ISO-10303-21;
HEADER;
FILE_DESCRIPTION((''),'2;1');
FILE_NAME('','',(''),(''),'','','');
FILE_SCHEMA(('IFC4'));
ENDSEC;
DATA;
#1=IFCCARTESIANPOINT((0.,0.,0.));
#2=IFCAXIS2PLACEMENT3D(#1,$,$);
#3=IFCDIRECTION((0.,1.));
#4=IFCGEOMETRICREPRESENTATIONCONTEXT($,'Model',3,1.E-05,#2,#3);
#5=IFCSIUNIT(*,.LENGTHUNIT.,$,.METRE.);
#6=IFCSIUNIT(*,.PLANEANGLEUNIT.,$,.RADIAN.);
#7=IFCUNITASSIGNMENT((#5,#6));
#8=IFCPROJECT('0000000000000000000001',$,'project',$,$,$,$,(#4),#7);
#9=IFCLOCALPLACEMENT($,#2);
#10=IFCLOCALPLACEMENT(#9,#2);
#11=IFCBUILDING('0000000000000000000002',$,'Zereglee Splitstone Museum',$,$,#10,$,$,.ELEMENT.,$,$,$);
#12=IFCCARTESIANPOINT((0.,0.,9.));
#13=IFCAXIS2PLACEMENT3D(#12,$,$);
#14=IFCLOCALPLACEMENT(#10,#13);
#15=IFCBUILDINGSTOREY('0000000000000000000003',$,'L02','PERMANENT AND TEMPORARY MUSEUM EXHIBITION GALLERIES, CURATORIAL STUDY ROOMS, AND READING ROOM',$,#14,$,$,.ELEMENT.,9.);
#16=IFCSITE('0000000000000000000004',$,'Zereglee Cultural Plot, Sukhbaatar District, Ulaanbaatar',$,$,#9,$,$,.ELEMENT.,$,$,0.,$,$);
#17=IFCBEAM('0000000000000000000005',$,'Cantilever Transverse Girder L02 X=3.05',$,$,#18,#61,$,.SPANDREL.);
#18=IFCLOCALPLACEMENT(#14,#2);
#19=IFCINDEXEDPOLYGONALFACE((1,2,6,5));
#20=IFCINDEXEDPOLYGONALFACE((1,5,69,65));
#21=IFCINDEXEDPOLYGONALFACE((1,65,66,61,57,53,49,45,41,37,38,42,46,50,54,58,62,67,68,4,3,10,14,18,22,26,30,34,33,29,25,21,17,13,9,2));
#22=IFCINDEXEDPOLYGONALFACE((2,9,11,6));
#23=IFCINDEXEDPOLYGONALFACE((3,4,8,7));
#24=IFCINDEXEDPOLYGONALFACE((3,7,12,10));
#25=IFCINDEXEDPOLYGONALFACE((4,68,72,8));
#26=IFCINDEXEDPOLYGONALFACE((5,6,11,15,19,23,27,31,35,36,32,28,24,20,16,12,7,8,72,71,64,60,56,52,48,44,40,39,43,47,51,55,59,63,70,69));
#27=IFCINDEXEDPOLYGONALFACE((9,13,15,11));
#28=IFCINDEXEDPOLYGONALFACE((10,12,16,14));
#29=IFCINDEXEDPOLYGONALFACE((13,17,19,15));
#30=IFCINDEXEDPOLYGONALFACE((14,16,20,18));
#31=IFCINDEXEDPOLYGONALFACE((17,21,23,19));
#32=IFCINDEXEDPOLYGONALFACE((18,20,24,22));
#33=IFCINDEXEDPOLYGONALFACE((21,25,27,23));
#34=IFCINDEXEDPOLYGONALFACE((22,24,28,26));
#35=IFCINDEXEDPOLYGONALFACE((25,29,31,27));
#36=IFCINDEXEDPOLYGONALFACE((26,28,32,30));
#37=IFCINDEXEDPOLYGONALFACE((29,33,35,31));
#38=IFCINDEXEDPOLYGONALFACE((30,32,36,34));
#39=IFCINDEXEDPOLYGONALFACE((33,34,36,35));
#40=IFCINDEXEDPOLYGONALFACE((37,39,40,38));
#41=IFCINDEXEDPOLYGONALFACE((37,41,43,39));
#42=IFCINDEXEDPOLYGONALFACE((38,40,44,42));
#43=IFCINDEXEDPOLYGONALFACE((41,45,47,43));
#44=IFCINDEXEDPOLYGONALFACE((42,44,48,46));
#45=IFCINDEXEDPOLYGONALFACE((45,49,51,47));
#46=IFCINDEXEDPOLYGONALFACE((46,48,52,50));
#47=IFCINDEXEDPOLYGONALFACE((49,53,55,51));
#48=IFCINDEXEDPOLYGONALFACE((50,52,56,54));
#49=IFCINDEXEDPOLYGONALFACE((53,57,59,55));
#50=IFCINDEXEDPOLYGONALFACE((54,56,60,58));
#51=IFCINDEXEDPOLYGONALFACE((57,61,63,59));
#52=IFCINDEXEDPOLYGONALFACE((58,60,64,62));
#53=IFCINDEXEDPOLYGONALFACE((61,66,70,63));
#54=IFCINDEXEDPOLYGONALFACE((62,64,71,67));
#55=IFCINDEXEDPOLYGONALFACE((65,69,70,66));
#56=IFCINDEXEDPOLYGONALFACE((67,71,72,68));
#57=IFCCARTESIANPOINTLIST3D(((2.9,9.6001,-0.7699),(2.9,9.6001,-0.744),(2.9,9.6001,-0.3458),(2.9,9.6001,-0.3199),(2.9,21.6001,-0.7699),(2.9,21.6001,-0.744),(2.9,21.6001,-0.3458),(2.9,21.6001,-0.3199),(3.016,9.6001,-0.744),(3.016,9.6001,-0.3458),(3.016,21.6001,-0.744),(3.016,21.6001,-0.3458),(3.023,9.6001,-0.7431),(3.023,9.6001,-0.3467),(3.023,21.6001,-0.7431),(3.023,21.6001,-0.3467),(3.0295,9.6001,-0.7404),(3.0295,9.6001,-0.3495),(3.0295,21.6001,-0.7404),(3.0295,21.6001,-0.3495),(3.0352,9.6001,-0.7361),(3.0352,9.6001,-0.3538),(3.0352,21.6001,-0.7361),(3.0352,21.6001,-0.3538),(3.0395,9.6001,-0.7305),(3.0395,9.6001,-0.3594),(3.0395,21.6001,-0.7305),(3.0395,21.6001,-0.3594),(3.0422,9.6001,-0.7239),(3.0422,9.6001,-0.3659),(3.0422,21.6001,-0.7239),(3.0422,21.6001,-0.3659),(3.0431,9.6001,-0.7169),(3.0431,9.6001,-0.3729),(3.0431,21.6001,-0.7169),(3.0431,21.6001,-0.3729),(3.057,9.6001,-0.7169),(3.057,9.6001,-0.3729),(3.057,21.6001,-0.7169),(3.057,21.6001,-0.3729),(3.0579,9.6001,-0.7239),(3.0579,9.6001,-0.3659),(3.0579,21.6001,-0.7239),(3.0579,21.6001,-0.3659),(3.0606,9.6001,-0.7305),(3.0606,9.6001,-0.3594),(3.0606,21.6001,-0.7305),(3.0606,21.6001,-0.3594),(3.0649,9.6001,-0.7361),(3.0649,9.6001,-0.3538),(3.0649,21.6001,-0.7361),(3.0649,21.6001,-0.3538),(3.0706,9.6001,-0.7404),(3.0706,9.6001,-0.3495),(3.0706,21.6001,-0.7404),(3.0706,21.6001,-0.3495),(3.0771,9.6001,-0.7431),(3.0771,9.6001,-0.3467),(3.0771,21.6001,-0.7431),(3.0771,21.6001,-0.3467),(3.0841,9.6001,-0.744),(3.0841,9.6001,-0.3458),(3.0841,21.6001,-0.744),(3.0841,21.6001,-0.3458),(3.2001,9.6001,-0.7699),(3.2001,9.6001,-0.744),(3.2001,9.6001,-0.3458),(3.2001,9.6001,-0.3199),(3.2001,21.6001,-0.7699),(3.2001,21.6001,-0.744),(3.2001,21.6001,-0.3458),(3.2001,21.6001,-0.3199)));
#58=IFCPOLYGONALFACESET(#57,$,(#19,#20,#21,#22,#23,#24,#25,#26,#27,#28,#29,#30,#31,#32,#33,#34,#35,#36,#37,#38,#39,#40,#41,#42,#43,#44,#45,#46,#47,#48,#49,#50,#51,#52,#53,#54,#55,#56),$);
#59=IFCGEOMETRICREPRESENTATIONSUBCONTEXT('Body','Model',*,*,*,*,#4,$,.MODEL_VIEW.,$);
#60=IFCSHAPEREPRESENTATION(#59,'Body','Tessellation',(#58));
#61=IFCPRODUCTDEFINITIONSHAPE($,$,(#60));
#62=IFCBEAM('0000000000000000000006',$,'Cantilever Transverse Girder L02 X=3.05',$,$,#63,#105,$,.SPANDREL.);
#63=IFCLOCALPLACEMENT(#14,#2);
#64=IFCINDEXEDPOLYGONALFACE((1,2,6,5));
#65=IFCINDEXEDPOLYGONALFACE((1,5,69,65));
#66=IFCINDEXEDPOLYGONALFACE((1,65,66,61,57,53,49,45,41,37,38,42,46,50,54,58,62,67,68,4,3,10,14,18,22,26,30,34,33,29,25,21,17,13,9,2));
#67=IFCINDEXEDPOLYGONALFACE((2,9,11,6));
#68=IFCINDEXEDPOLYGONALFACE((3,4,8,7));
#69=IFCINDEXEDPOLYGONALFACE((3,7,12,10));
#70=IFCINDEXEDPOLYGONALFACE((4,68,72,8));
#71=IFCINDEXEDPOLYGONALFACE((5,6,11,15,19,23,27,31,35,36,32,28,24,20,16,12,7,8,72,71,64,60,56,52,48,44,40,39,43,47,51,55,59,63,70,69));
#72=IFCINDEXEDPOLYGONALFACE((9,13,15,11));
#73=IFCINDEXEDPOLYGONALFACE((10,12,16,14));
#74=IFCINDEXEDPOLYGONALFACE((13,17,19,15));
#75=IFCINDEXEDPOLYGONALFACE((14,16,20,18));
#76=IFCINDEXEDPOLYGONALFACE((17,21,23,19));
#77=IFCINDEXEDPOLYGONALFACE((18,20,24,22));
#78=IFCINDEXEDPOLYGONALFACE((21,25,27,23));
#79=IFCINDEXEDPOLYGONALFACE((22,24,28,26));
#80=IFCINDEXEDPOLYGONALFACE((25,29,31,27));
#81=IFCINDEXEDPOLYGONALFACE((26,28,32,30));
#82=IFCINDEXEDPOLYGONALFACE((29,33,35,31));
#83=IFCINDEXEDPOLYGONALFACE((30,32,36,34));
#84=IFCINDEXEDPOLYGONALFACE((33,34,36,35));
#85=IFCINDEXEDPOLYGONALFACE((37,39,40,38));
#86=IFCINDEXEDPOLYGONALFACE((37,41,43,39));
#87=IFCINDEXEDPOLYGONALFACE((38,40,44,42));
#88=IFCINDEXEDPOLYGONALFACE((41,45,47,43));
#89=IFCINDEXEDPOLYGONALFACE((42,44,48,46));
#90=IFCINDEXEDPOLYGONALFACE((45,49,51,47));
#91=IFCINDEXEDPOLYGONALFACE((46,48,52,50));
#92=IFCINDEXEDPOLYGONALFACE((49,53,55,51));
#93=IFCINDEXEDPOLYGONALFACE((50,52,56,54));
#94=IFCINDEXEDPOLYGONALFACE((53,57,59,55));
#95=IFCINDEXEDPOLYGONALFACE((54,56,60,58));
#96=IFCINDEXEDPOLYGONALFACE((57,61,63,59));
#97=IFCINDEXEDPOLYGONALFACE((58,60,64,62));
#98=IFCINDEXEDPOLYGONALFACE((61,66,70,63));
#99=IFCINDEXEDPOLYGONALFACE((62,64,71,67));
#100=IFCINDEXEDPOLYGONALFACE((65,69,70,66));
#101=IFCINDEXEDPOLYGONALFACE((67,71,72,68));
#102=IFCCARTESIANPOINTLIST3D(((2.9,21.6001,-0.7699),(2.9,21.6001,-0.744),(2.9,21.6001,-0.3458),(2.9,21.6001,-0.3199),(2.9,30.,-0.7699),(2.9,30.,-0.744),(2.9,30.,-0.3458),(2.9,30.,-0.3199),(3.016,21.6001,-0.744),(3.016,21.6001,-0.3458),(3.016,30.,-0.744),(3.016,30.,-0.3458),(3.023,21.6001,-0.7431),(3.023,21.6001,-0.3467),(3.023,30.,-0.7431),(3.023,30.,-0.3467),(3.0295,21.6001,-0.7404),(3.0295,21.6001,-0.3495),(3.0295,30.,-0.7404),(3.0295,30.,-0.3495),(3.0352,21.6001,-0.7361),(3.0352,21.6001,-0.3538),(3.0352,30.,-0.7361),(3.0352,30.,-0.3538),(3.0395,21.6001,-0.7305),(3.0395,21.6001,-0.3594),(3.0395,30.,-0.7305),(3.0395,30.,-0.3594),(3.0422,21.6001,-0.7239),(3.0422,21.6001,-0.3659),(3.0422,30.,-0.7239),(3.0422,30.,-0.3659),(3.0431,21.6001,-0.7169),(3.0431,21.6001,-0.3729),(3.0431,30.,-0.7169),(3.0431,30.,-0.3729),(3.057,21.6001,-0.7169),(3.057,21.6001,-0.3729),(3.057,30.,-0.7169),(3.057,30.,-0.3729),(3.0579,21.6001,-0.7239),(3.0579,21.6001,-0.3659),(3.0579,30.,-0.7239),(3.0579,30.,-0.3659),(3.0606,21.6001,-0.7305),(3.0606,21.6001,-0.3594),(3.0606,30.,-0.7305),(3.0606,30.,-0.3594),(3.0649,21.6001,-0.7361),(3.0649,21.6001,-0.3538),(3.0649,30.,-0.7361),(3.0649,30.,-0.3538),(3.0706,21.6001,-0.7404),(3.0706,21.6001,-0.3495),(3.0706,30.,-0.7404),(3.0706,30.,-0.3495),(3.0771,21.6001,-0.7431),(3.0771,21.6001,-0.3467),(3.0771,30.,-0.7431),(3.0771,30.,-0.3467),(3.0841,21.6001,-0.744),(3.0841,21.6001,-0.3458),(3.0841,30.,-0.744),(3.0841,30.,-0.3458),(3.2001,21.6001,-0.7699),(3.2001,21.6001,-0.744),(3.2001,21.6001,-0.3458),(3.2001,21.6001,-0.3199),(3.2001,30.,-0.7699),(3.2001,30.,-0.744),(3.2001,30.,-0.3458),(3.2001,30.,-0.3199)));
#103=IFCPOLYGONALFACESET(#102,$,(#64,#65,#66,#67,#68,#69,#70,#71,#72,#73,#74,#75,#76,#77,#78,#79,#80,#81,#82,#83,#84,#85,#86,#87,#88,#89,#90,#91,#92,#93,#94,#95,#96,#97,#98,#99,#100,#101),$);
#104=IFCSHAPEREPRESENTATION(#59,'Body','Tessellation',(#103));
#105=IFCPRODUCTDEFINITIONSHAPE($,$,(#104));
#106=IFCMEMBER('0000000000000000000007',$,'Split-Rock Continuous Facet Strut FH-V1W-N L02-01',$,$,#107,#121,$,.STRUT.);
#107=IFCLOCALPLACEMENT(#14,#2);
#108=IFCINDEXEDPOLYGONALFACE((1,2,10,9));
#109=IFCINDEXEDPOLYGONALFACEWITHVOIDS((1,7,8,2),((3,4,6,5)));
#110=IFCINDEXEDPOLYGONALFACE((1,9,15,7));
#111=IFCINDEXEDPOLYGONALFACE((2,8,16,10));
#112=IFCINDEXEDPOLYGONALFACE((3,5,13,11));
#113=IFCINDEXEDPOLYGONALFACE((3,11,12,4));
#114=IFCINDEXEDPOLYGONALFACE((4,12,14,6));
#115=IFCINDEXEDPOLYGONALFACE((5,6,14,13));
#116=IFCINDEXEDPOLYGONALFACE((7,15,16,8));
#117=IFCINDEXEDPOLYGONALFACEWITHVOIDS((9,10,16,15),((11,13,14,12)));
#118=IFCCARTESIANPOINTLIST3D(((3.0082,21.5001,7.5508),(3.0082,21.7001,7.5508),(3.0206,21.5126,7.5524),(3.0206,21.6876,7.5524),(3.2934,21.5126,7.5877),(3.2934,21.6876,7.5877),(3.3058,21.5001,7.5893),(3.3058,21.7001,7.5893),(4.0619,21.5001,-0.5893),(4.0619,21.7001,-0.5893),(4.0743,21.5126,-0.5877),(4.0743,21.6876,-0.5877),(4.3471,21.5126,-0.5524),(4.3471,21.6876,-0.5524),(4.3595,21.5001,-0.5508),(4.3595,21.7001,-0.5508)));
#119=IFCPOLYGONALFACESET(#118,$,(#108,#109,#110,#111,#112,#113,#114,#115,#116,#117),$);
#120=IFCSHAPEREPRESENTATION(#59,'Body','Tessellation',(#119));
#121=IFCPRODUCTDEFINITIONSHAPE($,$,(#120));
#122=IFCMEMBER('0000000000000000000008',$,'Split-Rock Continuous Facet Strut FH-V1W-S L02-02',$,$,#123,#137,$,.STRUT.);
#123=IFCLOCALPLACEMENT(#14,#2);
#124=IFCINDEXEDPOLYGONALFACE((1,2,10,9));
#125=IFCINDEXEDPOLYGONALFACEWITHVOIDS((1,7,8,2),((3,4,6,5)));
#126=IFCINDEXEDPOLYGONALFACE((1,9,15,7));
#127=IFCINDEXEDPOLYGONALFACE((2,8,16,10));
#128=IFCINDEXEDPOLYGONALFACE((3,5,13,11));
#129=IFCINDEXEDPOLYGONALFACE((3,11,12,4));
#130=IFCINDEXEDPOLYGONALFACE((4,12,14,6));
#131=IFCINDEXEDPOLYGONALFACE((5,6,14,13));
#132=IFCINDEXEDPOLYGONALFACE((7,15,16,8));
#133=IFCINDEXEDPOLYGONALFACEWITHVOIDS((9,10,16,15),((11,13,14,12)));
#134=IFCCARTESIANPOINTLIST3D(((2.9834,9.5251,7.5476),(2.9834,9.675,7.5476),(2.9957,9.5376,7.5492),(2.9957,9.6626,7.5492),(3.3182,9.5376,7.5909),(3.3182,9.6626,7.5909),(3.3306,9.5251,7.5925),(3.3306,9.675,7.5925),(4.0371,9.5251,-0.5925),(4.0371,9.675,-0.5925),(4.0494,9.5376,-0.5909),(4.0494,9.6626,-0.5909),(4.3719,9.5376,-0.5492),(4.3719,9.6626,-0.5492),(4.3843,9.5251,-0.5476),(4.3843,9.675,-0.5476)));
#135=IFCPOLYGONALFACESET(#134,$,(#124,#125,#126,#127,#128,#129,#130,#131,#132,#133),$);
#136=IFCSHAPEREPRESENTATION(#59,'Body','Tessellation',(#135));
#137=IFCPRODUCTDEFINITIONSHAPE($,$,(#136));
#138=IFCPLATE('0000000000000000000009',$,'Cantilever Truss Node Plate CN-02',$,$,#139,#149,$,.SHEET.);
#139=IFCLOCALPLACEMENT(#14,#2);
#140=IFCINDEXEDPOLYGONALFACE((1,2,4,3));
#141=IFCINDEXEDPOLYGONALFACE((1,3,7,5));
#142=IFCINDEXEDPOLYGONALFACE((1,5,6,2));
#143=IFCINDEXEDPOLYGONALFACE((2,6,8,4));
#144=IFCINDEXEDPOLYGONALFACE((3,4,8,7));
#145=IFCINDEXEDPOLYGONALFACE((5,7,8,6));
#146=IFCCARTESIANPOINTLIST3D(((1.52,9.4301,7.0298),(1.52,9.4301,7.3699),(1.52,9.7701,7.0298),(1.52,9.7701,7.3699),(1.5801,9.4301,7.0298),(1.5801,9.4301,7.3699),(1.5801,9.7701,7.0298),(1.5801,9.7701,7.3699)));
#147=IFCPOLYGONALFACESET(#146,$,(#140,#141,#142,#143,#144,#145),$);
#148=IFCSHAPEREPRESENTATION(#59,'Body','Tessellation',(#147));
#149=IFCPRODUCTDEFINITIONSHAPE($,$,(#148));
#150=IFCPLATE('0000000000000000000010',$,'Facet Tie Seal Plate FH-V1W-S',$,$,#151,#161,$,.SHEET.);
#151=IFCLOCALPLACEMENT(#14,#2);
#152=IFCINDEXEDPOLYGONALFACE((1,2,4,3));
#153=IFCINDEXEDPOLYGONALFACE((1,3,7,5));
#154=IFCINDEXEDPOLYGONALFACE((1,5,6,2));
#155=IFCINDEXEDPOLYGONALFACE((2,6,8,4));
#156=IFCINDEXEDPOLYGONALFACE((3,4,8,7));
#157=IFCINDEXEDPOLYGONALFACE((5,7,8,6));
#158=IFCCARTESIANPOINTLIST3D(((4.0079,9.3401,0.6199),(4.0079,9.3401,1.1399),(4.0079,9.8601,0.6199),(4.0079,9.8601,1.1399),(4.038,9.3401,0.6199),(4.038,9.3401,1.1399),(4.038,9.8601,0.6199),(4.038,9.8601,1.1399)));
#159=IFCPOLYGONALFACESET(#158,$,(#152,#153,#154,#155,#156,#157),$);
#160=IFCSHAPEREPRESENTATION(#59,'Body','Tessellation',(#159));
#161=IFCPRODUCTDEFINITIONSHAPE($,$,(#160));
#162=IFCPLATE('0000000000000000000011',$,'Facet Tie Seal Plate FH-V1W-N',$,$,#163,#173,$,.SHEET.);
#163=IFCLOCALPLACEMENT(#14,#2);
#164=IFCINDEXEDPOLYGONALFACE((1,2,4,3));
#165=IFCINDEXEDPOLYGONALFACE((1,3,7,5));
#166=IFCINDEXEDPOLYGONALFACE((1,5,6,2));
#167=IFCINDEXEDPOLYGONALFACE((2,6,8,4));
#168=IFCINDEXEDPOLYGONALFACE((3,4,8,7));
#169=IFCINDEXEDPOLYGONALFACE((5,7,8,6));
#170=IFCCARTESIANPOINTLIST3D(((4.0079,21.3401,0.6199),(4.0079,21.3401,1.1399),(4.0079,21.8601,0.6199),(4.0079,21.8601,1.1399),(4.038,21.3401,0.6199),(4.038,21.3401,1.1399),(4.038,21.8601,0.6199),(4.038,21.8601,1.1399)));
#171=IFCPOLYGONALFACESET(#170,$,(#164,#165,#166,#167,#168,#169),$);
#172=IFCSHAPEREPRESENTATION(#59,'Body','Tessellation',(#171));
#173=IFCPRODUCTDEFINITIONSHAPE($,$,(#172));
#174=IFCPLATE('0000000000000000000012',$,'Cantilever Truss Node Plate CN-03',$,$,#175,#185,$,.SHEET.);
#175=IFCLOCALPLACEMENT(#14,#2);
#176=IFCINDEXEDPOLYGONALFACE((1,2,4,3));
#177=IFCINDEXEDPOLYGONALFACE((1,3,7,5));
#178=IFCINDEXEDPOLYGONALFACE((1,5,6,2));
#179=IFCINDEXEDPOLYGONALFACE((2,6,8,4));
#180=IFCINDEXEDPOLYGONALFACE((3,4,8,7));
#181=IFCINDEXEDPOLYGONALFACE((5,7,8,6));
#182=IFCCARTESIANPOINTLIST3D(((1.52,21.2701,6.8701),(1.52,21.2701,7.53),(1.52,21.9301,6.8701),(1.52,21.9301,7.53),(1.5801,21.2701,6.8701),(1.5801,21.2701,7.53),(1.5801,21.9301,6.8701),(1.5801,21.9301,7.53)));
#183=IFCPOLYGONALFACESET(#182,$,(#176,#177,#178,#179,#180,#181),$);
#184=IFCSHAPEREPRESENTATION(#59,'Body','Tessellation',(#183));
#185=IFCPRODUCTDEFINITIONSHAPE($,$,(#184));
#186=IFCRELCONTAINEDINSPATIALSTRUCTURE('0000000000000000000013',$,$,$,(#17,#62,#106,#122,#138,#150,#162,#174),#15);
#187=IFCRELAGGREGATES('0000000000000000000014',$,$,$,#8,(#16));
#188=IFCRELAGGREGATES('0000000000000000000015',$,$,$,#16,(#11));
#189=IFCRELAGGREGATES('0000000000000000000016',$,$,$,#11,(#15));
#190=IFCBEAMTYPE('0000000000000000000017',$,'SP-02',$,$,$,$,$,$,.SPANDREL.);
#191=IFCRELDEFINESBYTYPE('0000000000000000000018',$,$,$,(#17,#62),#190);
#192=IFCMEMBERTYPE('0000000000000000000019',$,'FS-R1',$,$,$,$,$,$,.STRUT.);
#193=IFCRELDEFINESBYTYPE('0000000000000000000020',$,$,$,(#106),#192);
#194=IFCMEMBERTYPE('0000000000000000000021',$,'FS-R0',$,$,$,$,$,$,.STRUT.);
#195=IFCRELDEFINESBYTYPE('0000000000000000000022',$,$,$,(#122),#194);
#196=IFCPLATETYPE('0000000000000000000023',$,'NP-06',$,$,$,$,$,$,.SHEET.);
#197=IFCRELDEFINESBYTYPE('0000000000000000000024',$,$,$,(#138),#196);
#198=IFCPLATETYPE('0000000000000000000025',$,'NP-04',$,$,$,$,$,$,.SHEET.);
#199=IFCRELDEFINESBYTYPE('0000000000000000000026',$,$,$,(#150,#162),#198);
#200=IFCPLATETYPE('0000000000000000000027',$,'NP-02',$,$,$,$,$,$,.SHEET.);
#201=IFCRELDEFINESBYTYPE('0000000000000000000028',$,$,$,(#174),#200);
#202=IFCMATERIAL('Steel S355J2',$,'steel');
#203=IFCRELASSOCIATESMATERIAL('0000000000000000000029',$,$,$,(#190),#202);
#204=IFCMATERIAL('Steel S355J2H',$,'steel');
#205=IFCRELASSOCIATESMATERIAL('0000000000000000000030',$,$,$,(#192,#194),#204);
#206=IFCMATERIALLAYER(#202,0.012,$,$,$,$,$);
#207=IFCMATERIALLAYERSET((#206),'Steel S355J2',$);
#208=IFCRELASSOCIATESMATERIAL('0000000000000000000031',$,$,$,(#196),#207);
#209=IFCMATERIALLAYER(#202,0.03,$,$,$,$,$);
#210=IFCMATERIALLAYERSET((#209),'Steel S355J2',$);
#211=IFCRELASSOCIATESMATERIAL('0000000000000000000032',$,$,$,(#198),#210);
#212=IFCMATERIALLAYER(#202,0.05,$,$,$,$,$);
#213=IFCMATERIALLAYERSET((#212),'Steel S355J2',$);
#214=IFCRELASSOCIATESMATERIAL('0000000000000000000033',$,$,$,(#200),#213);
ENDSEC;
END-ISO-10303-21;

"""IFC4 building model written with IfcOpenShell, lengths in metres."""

from ifc_helpers import new_model, si_unit, direction, frame, origin, origin_2d, place, context, subcontext, project, spatial, rectangle, hollow_rectangle, i_section, extrude, material, layer, layer_set, material_profile, profile_set, type_object, element, save


model = new_model("IFC4")

# Units and contexts
model_context = context("Model", 3, precision=1e-05, world=origin(), true_north=direction((0.0, 1.0)))
body_context = subcontext(model_context, "Body", "Model", "MODEL_VIEW")
ifc_project = project(units=[si_unit("LENGTHUNIT", "METRE"), si_unit("PLANEANGLEUNIT", "RADIAN")], contexts=[model_context])

# Site, building, storey
site_placement = place(None, origin())
site = spatial("IfcSite", under=ifc_project, at=site_placement, Name="Zereglee Cultural Plot, Sukhbaatar District, Ulaanbaatar", CompositionType="ELEMENT", RefElevation=0.0)
building_placement = place(site_placement, origin())
building = spatial("IfcBuilding", under=site, at=building_placement, Name="Zereglee Splitstone Museum", CompositionType="ELEMENT")
storey_placement = place(building_placement, frame((0.0, 0.0, 9.0)))
storey = spatial("IfcBuildingStorey", under=building, at=storey_placement, Name="L02", Description="PERMANENT AND TEMPORARY MUSEUM EXHIBITION GALLERIES, CURATORIAL STUDY ROOMS, AND READING ROOM", CompositionType="ELEMENT", Elevation=9.0)

# Shared definitions
ifc_material_1 = material(Name="Steel S355J2H", Category="steel")

# Shared definitions
ifc_material_2 = material(Name="Steel S355J2", Category="steel")

# Beams
ifc_material_profile_1 = material_profile(ifc_material_2, i_section(OverallWidth=0.3, OverallDepth=0.45, WebThickness=0.0139, FlangeThickness=0.0259, FilletRadius=0.0271, at=origin_2d()), Name="HE 450 B")
ifc_profile_set_1 = profile_set([ifc_material_profile_1], Name="Steel S355J2")
beam_type_1 = type_object("IfcBeamType", Name="SP-02", PredefinedType="SPANDREL", material=ifc_profile_set_1)
beam_1_placement = place(storey_placement, frame((3.05, 9.6001, -0.5449), z_axis=(0.0, 1.0, 0.0), x_axis=(-1.0, 0.0, 0.0)))
element("IfcBeam", 1, at=beam_1_placement, inside=storey, type_object=beam_type_1, Name="Cantilever Transverse Girder L02 X=3.05", PredefinedType="SPANDREL", context=body_context, shape_type="SweptSolid", body=[
    extrude(i_section(OverallWidth=0.3, OverallDepth=0.45, WebThickness=0.0139, FlangeThickness=0.0259, FilletRadius=0.0271, at=origin_2d()), origin(), (0.0, 0.0, 1.0), 12.0),
])
beam_2_placement = place(storey_placement, frame((3.05, 21.6001, -0.5449), z_axis=(0.0, 1.0, 0.0), x_axis=(-1.0, 0.0, 0.0)))
element("IfcBeam", 2, at=beam_2_placement, inside=storey, type_object=beam_type_1, Name="Cantilever Transverse Girder L02 X=3.05", PredefinedType="SPANDREL", context=body_context, shape_type="SweptSolid", body=[
    extrude(i_section(OverallWidth=0.3, OverallDepth=0.45, WebThickness=0.0139, FlangeThickness=0.0259, FilletRadius=0.0271, at=origin_2d()), origin(), (0.0, 0.0, 1.0), 8.3999),
])

# Members
ifc_material_profile_2 = material_profile(ifc_material_1, hollow_rectangle(XDim=0.2, YDim=0.3, WallThickness=0.0125, at=origin_2d()), Name="RHS 300x200x12.5")
ifc_profile_set_2 = profile_set([ifc_material_profile_2], Name="Steel S355J2H")
member_type_1 = type_object("IfcMemberType", Name="FS-R1", PredefinedType="STRUT", material=ifc_profile_set_2)
member_1_placement = place(storey_placement, frame((4.2107, 21.6001, -0.5701), z_axis=(-0.128375, 0.0, 0.991726), x_axis=(0.0, -1.0, 0.0)))
element("IfcMember", 3, at=member_1_placement, inside=storey, type_object=member_type_1, Name="Split-Rock Continuous Facet Strut FH-V1W-N L02-01", PredefinedType="STRUT", context=body_context, shape_type="SweptSolid", body=[
    extrude(hollow_rectangle(XDim=0.2, YDim=0.3, WallThickness=0.0125, at=origin_2d()), origin(), (0.0, 0.0, 1.0), 8.208),
])
ifc_material_profile_3 = material_profile(ifc_material_1, hollow_rectangle(XDim=0.1499, YDim=0.3501, WallThickness=0.0125, at=origin_2d()), Name="RHS 350x150x12.5")
ifc_profile_set_3 = profile_set([ifc_material_profile_3], Name="Steel S355J2H")
member_type_2 = type_object("IfcMemberType", Name="FS-R0", PredefinedType="STRUT", material=ifc_profile_set_3)
member_2_placement = place(storey_placement, frame((4.2107, 9.6001, -0.5701), z_axis=(-0.128375, 0.0, 0.991726), x_axis=(0.0, -1.0, 0.0)))
element("IfcMember", 4, at=member_2_placement, inside=storey, type_object=member_type_2, Name="Split-Rock Continuous Facet Strut FH-V1W-S L02-02", PredefinedType="STRUT", context=body_context, shape_type="SweptSolid", body=[
    extrude(hollow_rectangle(XDim=0.1499, YDim=0.3501, WallThickness=0.0125, at=origin_2d()), origin(), (0.0, 0.0, 1.0), 8.208),
])

# Plates
ifc_layer_1 = layer(ifc_material_2, 0.012)
ifc_layer_set_1 = layer_set([ifc_layer_1], Name="Steel S355J2")
plate_type_1 = type_object("IfcPlateType", Name="NP-06", PredefinedType="SHEET", material=ifc_layer_set_1)
plate_1_placement = place(storey_placement, frame((1.55, 9.6001, 7.0298), z_axis=(0.0, 0.0, 1.0), x_axis=(1.0, 0.0, 0.0)))
element("IfcPlate", 5, at=plate_1_placement, inside=storey, type_object=plate_type_1, Name="Cantilever Truss Node Plate CN-02", PredefinedType="SHEET", context=body_context, shape_type="SweptSolid", body=[
    extrude(rectangle(XDim=0.0601, YDim=0.3401, at=origin_2d()), origin(), (0.0, 0.0, 1.0), 0.3401),
])
ifc_layer_2 = layer(ifc_material_2, 0.03)
ifc_layer_set_2 = layer_set([ifc_layer_2], Name="Steel S355J2")
plate_type_2 = type_object("IfcPlateType", Name="NP-04", PredefinedType="SHEET", material=ifc_layer_set_2)
for number, where, z_axis, x_axis, name in (
    (6, (4.0229, 9.6001, 0.6199), (0.0, 0.0, 1.0), (1.0, 0.0, 0.0), "Facet Tie Seal Plate FH-V1W-S"),
    (7, (4.0229, 21.6001, 0.6199), (0.0, 0.0, 1.0), (1.0, 0.0, 0.0), "Facet Tie Seal Plate FH-V1W-N"),
):
    element("IfcPlate", number, at=place(storey_placement, frame(where, z_axis=z_axis, x_axis=x_axis)), inside=storey, type_object=plate_type_2, Name=name, PredefinedType="SHEET", context=body_context, shape_type="SweptSolid", body=[
        extrude(rectangle(XDim=0.03, YDim=0.52, at=origin_2d()), origin(), (0.0, 0.0, 1.0), 0.52),
    ])
ifc_layer_3 = layer(ifc_material_2, 0.05)
ifc_layer_set_3 = layer_set([ifc_layer_3], Name="Steel S355J2")
plate_type_3 = type_object("IfcPlateType", Name="NP-02", PredefinedType="SHEET", material=ifc_layer_set_3)
plate_2_placement = place(storey_placement, frame((1.55, 21.6001, 6.8701), z_axis=(0.0, 0.0, 1.0), x_axis=(1.0, 0.0, 0.0)))
element("IfcPlate", 8, at=plate_2_placement, inside=storey, type_object=plate_type_3, Name="Cantilever Truss Node Plate CN-03", PredefinedType="SHEET", context=body_context, shape_type="SweptSolid", body=[
    extrude(rectangle(XDim=0.0601, YDim=0.6599, at=origin_2d()), origin(), (0.0, 0.0, 1.0), 0.6599),
])

save(model, "model.ifc")
